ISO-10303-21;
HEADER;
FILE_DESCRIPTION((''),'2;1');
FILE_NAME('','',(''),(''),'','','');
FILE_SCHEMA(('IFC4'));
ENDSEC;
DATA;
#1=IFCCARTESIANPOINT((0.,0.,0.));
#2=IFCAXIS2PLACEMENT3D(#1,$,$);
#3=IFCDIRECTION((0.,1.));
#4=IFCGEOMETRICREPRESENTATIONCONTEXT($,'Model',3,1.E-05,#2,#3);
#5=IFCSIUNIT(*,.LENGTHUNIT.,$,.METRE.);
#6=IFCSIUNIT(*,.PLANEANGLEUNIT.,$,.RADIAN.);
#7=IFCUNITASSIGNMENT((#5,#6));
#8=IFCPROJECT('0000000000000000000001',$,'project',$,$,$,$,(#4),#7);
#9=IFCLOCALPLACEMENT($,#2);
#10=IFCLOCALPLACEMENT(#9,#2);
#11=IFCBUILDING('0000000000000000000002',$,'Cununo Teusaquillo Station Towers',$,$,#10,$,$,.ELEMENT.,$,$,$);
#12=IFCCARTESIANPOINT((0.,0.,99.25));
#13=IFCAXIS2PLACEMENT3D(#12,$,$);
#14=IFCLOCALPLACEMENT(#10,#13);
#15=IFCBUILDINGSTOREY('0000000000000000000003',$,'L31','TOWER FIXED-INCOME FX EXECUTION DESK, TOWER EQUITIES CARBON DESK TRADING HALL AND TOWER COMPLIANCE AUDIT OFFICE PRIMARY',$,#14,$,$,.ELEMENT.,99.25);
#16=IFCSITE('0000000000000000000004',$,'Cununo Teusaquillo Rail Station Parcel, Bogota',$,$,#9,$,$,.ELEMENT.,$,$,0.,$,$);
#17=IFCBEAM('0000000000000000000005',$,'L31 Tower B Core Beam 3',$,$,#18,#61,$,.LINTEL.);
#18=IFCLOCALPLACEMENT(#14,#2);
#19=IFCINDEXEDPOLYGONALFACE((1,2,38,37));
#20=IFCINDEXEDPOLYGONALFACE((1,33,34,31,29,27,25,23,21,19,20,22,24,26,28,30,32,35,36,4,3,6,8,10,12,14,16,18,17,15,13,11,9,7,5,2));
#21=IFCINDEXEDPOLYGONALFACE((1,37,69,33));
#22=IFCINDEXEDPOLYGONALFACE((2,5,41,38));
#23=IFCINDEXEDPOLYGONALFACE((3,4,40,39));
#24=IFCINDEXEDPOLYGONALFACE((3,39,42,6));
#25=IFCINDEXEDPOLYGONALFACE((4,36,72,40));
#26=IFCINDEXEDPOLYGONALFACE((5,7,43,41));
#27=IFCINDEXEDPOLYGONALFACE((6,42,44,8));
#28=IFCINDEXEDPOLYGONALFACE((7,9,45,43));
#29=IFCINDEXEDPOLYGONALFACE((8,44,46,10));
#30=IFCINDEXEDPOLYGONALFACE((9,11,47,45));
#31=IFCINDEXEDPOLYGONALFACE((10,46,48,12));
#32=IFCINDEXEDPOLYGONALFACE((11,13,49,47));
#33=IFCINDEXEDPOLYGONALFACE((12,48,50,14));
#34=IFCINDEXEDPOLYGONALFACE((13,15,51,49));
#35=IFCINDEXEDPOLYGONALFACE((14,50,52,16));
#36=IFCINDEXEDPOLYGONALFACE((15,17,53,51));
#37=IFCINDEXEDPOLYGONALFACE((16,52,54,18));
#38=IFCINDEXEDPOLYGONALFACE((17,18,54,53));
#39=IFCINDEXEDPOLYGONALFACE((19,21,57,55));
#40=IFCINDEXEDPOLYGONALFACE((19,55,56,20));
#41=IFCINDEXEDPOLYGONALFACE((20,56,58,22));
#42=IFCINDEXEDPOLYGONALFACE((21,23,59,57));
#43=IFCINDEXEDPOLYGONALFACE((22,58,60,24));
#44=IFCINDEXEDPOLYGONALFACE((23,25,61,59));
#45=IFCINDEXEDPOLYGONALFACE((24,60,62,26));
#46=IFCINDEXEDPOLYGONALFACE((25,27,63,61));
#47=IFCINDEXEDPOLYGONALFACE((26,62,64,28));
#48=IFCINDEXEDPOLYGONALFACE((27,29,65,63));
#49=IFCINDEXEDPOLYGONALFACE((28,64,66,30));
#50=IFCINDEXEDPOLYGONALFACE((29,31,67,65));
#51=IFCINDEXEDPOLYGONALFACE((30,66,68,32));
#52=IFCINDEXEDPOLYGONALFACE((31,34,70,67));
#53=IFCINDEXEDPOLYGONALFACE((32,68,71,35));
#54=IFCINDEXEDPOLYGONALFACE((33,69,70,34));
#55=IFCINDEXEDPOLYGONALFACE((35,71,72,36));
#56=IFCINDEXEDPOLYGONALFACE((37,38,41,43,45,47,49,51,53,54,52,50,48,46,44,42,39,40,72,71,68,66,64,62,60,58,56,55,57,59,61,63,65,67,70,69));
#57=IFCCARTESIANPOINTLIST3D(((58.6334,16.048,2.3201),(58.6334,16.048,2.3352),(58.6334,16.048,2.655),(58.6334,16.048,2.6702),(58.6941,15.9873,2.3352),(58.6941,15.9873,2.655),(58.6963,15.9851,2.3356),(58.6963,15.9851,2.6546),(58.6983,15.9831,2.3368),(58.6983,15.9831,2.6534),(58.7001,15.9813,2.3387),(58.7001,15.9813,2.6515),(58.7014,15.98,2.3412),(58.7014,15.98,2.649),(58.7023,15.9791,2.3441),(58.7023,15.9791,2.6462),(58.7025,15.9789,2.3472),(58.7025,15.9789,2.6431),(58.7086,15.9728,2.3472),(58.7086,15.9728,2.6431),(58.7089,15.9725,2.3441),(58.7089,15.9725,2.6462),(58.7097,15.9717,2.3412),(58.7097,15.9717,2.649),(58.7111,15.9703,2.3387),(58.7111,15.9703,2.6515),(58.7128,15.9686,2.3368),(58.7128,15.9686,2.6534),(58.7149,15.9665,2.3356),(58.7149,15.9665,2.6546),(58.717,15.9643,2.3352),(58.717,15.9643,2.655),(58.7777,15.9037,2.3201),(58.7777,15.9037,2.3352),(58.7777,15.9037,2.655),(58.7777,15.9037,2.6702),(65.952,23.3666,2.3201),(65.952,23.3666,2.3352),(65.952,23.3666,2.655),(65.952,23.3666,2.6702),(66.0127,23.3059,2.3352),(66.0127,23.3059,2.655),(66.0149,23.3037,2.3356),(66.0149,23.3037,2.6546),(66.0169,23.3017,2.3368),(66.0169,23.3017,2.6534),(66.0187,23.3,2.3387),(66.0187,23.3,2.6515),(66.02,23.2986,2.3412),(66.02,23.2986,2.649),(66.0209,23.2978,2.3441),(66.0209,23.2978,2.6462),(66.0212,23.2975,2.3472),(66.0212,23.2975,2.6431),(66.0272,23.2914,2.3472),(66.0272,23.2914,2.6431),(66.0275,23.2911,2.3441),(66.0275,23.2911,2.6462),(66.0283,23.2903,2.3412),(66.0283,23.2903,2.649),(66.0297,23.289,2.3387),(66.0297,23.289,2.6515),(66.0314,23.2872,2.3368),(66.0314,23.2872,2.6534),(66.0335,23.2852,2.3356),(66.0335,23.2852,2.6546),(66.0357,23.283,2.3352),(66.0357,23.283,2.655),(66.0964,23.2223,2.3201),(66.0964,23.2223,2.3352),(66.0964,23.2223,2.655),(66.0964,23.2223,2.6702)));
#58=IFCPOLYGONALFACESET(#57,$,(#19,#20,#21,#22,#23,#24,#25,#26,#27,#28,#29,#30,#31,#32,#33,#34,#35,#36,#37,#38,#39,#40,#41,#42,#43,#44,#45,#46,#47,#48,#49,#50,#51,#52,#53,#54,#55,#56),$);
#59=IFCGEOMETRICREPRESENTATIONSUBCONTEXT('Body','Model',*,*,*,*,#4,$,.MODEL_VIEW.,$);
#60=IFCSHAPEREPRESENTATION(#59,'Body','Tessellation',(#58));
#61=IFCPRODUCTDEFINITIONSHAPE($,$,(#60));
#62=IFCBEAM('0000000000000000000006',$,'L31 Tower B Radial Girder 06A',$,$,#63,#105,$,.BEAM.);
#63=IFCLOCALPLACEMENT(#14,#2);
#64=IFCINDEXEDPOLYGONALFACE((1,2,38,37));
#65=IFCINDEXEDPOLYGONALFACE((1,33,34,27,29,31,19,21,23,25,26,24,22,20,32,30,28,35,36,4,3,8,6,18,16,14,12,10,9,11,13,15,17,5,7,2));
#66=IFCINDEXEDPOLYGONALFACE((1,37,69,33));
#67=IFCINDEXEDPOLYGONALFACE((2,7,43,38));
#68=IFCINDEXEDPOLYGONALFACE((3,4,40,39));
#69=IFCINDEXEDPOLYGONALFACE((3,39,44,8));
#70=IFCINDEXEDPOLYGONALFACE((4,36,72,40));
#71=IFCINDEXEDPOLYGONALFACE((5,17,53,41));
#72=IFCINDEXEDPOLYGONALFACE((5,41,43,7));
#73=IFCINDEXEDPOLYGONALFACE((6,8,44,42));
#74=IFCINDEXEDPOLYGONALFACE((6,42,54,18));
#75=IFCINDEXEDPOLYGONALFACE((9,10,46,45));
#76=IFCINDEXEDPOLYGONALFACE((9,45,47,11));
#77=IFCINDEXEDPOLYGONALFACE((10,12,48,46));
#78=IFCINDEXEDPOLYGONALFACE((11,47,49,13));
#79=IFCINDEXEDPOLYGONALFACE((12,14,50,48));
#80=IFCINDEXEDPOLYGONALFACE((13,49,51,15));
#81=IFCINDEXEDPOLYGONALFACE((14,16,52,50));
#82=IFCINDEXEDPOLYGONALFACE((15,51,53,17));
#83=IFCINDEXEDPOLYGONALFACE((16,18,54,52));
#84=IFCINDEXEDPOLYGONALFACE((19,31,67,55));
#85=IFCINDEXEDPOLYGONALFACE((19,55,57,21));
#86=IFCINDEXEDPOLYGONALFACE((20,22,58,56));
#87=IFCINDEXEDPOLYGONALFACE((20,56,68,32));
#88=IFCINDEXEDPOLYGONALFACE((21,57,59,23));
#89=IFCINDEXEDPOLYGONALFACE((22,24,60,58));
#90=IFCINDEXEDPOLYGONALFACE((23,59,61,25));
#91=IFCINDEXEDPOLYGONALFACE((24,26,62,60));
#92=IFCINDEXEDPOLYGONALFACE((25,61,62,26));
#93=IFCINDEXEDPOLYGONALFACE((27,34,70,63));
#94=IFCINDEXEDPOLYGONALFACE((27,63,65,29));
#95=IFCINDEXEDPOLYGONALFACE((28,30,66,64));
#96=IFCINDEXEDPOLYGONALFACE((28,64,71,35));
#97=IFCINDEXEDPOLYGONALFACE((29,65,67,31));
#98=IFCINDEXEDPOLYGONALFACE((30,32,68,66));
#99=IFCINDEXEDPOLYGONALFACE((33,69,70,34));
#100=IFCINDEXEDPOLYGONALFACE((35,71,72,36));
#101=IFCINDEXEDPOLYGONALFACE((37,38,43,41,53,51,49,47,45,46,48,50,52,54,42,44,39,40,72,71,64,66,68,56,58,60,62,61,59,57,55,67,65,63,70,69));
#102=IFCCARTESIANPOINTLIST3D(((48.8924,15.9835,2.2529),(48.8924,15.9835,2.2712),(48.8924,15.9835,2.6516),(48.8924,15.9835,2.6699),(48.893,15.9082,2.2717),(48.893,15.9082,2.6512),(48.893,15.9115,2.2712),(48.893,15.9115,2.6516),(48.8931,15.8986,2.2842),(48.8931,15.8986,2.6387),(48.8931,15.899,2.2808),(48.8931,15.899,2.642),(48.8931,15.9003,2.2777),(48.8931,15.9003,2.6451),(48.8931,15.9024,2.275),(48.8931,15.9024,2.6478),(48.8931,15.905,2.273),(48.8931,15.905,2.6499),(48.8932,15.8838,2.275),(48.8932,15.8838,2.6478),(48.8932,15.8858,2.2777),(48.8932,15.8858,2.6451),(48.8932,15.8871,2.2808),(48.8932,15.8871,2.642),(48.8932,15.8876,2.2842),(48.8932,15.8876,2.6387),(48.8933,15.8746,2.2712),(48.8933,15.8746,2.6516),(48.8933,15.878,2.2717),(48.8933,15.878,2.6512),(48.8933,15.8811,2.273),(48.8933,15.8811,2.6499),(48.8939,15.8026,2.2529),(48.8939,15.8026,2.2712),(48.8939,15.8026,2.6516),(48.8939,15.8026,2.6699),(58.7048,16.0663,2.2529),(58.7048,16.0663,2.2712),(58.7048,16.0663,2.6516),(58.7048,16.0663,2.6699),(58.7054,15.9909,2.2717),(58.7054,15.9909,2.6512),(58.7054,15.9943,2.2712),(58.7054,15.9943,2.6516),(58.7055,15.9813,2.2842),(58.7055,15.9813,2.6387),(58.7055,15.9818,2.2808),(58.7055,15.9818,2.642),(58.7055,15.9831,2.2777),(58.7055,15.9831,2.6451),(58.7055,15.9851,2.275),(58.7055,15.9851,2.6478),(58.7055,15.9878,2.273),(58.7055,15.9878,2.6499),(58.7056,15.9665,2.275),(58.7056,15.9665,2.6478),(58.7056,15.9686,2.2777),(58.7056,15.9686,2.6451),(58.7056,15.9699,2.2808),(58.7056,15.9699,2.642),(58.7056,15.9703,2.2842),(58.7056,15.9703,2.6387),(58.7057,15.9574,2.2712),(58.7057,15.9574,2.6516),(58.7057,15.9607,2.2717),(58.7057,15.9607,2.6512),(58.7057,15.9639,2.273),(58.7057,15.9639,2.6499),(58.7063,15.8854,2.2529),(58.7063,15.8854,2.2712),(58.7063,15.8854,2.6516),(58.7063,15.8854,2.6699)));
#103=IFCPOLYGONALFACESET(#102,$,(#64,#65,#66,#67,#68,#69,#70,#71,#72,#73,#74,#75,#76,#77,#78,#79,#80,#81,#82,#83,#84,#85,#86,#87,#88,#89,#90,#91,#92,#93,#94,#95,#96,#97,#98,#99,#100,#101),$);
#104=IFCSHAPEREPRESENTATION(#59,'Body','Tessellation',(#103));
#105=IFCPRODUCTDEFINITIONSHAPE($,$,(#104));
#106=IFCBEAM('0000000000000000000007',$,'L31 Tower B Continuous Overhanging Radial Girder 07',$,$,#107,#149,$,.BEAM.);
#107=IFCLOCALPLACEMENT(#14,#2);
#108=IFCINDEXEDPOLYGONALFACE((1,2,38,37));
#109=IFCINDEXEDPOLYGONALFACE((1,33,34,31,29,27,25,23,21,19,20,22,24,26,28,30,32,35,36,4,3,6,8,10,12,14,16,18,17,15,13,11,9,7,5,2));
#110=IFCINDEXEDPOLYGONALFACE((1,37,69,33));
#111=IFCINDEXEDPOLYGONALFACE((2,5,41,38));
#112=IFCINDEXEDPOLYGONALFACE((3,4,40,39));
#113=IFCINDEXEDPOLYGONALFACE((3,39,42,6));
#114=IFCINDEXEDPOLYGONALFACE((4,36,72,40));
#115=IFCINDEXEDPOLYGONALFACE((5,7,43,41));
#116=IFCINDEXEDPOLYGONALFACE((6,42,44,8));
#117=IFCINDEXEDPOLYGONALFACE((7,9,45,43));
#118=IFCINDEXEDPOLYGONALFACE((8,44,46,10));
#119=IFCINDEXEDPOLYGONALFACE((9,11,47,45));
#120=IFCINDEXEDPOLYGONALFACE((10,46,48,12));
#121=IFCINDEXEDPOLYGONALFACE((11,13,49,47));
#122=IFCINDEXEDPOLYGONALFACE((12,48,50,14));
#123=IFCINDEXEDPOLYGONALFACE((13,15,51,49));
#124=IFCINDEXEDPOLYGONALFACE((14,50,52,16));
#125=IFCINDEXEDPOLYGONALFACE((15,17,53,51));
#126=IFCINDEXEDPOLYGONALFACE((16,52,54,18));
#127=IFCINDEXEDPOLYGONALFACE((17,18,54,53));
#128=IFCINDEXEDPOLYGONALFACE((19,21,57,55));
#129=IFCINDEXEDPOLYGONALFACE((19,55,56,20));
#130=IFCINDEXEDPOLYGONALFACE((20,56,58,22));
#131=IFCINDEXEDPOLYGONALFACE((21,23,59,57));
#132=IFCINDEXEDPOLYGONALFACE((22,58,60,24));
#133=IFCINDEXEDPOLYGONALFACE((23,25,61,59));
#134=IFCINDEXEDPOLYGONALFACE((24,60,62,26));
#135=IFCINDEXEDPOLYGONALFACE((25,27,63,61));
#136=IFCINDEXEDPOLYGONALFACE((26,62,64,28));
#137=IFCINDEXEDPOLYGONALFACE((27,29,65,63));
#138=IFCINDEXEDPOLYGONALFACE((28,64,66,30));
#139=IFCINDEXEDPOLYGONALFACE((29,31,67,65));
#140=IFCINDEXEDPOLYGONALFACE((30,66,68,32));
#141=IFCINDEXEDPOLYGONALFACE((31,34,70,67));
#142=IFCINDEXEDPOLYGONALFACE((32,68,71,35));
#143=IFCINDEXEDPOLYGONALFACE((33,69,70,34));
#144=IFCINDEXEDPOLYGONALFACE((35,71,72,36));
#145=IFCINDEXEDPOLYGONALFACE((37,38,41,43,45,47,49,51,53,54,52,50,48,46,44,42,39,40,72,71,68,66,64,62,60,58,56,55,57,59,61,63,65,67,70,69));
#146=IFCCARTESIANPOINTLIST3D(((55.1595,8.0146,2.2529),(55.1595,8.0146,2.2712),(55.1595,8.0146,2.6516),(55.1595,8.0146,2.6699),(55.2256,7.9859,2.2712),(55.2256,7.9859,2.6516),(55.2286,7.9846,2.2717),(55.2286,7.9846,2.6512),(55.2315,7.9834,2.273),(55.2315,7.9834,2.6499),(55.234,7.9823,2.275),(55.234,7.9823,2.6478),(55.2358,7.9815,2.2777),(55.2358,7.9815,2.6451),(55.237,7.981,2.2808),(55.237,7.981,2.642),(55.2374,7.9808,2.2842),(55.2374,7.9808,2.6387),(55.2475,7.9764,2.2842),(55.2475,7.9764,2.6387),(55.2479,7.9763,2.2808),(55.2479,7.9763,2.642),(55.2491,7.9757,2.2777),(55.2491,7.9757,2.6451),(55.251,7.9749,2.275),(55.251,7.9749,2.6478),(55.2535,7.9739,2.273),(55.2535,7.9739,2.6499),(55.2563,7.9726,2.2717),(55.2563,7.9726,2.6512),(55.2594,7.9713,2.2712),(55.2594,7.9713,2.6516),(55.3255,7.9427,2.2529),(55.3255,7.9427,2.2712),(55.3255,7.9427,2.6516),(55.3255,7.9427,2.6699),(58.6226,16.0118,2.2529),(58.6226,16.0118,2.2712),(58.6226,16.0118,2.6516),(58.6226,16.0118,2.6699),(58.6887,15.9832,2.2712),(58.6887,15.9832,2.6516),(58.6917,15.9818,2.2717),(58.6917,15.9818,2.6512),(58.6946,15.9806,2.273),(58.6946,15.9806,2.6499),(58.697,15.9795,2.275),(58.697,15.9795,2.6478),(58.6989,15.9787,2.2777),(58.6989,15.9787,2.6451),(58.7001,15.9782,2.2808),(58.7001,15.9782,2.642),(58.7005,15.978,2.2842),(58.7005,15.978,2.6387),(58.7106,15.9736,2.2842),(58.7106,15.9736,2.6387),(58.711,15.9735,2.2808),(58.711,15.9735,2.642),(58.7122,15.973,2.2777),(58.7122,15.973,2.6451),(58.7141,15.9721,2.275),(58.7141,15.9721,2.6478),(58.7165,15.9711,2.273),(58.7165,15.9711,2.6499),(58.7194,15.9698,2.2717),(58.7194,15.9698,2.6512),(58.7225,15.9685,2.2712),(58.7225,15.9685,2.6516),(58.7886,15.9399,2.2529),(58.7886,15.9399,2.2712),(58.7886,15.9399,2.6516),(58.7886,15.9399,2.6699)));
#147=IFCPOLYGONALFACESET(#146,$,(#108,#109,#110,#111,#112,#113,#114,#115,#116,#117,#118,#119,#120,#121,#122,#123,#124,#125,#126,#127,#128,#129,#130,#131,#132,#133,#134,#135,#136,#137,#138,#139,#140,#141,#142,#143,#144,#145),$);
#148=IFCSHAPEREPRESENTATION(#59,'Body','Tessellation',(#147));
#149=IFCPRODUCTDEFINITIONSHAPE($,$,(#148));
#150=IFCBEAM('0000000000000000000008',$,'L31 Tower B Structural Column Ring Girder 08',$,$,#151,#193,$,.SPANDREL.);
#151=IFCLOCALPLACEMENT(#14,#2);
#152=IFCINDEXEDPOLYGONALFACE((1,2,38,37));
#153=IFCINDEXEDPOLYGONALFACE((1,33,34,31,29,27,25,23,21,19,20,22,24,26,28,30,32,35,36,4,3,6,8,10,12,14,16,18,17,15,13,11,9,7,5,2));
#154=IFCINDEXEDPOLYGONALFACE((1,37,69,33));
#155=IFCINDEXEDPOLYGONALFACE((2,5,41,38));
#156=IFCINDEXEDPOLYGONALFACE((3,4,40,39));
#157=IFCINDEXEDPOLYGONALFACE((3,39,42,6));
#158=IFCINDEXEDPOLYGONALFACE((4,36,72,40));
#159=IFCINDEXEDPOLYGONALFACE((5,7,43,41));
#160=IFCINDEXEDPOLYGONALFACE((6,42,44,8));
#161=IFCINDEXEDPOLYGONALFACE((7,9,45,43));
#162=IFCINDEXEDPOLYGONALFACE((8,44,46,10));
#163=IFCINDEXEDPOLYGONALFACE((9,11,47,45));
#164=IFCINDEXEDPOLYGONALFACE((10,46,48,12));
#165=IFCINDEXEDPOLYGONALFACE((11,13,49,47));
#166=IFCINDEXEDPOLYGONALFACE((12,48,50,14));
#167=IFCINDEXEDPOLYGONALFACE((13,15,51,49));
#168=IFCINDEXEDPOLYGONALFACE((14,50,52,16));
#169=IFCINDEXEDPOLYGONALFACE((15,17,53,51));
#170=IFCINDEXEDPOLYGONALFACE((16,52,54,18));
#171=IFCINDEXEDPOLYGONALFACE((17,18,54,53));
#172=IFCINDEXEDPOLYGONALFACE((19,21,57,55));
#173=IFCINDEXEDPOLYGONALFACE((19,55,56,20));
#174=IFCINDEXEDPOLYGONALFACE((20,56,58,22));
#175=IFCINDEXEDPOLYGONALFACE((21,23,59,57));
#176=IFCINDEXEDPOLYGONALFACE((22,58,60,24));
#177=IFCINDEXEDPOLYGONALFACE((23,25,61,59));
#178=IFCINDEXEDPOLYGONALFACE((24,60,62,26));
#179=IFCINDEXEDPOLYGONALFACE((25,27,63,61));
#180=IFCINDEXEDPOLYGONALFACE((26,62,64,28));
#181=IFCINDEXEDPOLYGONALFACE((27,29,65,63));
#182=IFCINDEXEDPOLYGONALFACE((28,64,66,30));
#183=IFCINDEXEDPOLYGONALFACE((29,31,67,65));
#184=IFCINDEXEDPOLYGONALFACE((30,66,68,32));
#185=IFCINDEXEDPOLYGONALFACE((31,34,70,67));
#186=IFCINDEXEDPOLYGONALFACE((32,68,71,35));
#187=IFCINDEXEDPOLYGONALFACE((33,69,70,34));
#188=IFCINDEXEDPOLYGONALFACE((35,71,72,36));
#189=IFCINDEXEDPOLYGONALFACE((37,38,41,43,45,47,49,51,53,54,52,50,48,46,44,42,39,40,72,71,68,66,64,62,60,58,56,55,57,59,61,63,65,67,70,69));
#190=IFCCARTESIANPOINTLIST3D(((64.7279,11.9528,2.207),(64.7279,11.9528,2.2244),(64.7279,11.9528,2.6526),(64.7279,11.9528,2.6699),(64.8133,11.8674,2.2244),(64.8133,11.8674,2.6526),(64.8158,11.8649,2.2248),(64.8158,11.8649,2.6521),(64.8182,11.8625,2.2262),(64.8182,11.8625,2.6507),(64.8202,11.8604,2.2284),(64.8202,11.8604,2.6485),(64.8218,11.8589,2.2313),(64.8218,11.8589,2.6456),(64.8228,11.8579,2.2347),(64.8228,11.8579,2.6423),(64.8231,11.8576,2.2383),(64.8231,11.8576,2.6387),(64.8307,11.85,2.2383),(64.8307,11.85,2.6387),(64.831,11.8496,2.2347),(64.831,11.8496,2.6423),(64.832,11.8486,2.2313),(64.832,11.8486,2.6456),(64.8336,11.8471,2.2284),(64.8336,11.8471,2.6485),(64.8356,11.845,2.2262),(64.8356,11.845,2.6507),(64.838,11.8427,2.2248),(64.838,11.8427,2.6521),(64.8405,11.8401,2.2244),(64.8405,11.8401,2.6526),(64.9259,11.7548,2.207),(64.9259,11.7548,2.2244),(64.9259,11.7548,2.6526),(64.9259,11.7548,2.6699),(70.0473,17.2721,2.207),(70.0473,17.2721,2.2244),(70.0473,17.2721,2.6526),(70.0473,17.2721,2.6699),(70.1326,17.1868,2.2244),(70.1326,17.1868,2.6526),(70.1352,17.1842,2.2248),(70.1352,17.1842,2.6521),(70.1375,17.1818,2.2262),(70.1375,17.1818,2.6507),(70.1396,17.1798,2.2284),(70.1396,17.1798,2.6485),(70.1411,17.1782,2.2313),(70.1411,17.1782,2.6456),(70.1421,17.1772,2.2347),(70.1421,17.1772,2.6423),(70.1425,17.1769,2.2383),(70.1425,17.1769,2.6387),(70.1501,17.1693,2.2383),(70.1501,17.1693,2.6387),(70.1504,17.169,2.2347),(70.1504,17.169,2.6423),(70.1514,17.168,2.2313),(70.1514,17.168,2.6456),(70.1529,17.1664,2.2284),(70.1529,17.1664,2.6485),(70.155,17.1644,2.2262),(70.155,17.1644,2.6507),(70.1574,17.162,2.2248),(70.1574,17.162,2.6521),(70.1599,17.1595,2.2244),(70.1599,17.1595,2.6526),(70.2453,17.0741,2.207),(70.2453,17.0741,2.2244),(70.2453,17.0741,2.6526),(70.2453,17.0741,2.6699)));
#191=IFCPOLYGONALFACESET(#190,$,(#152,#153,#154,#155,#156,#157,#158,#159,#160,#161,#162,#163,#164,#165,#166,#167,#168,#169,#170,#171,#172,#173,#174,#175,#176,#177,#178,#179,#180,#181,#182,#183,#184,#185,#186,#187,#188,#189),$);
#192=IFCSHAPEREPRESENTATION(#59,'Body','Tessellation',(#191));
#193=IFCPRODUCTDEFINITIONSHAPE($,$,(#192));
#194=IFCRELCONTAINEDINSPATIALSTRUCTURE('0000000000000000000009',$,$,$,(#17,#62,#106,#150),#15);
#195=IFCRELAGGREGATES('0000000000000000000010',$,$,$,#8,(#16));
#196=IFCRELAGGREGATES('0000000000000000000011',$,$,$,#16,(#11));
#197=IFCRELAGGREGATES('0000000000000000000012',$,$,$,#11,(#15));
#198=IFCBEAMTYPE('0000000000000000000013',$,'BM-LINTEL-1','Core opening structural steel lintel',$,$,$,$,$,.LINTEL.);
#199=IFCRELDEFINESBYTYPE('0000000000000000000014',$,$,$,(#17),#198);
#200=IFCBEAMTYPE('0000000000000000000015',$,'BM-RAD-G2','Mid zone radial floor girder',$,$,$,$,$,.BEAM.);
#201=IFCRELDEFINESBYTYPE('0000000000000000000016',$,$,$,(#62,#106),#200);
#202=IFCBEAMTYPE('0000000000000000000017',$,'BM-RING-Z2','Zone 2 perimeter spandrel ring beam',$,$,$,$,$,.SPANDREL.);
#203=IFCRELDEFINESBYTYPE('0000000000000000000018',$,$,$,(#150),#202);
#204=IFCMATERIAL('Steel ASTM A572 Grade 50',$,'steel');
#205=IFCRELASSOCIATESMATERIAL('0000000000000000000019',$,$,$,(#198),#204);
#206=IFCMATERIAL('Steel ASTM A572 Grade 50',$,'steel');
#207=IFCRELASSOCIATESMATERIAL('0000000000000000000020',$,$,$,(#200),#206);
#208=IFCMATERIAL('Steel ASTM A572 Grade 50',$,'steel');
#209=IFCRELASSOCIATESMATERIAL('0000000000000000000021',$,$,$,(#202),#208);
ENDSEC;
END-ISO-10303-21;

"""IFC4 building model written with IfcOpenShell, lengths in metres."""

from ifc_helpers import new_model, si_unit, direction, frame, origin, origin_2d, place, context, subcontext, project, spatial, i_section, extrude, material, material_profile, profile_set, type_object, element, save


model = new_model("IFC4")

# Units and contexts
model_context = context("Model", 3, precision=1e-05, world=origin(), true_north=direction((0.0, 1.0)))
body_context = subcontext(model_context, "Body", "Model", "MODEL_VIEW")
ifc_project = project(units=[si_unit("LENGTHUNIT", "METRE"), si_unit("PLANEANGLEUNIT", "RADIAN")], contexts=[model_context])

# Site, building, storey
site_placement = place(None, origin())
site = spatial("IfcSite", under=ifc_project, at=site_placement, Name="Cununo Teusaquillo Rail Station Parcel, Bogota", CompositionType="ELEMENT", RefElevation=0.0)
building_placement = place(site_placement, origin())
building = spatial("IfcBuilding", under=site, at=building_placement, Name="Cununo Teusaquillo Station Towers", CompositionType="ELEMENT")
storey_placement = place(building_placement, frame((0.0, 0.0, 99.25)))
storey = spatial("IfcBuildingStorey", under=building, at=storey_placement, Name="L31", Description="TOWER FIXED-INCOME FX EXECUTION DESK, TOWER EQUITIES CARBON DESK TRADING HALL AND TOWER COMPLIANCE AUDIT OFFICE PRIMARY", CompositionType="ELEMENT", Elevation=99.25)

# Beams
ifc_material_1 = material(Name="Steel ASTM A572 Grade 50", Category="steel")
ifc_material_profile_1 = material_profile(ifc_material_1, i_section(OverallWidth=0.2041, OverallDepth=0.3501, WebThickness=0.0085, FlangeThickness=0.0151, FilletRadius=0.012, at=origin_2d()), Name="W14X48")
ifc_profile_set_1 = profile_set([ifc_material_profile_1], Name="Steel ASTM A572 Grade 50")
beam_type_1 = type_object("IfcBeamType", Name="BM-LINTEL-1", Description="Core opening structural steel lintel", PredefinedType="LINTEL", material=ifc_profile_set_1)
beam_1_placement = place(storey_placement, frame((58.7056, 15.9758, 2.4951), z_axis=(0.707107, 0.707107, 0.0), x_axis=(-0.707107, 0.707107, 0.0)))
element("IfcBeam", 1, at=beam_1_placement, inside=storey, type_object=beam_type_1, Name="L31 Tower B Core Beam 3", PredefinedType="LINTEL", context=body_context, shape_type="SweptSolid", body=[
    extrude(i_section(OverallWidth=0.2041, OverallDepth=0.3501, WebThickness=0.0085, FlangeThickness=0.0151, FilletRadius=0.012, at=origin_2d()), origin(), (0.0, 0.0, 1.0), 10.3501),
])
ifc_material_2 = material(Name="Steel ASTM A572 Grade 50", Category="steel")
ifc_material_profile_2 = material_profile(ifc_material_2, i_section(OverallWidth=0.1809, OverallDepth=0.417, WebThickness=0.011, FlangeThickness=0.0183, FilletRadius=0.0129, at=origin_2d()), Name="W16X57")
ifc_profile_set_2 = profile_set([ifc_material_profile_2], Name="Steel ASTM A572 Grade 50")
beam_type_2 = type_object("IfcBeamType", Name="BM-RAD-G2", Description="Mid zone radial floor girder", PredefinedType="BEAM", material=ifc_profile_set_2)
beam_2_placement = place(storey_placement, frame((58.7056, 15.9758, 2.4614), z_axis=(-0.999964, -0.008434, 0.0), x_axis=(0.008434, -0.999964, 0.0)))
element("IfcBeam", 2, at=beam_2_placement, inside=storey, type_object=beam_type_2, Name="L31 Tower B Radial Girder 06A", PredefinedType="BEAM", context=body_context, shape_type="SweptSolid", body=[
    extrude(i_section(OverallWidth=0.1809, OverallDepth=0.417, WebThickness=0.011, FlangeThickness=0.0183, FilletRadius=0.0129, at=origin_2d()), origin(), (0.0, 0.0, 1.0), 9.8127),
])
beam_3_placement = place(storey_placement, frame((58.7056, 15.9758, 2.4614), z_axis=(-0.397379, -0.917655, 0.0), x_axis=(0.917655, -0.397379, 0.0)))
element("IfcBeam", 3, at=beam_3_placement, inside=storey, type_object=beam_type_2, Name="L31 Tower B Continuous Overhanging Radial Girder 07", PredefinedType="BEAM", context=body_context, shape_type="SweptSolid", body=[
    extrude(i_section(OverallWidth=0.1809, OverallDepth=0.417, WebThickness=0.011, FlangeThickness=0.0183, FilletRadius=0.0129, at=origin_2d()), origin(), (0.0, 0.0, 1.0), 8.7148),
])
ifc_material_3 = material(Name="Steel ASTM A572 Grade 50", Category="steel")
ifc_material_profile_3 = material_profile(ifc_material_3, i_section(OverallWidth=0.28, OverallDepth=0.4629, WebThickness=0.0107, FlangeThickness=0.0173, FilletRadius=0.0139, at=origin_2d()), Name="W18X76")
ifc_profile_set_3 = profile_set([ifc_material_profile_3], Name="Steel ASTM A572 Grade 50")
beam_type_3 = type_object("IfcBeamType", Name="BM-RING-Z2", Description="Zone 2 perimeter spandrel ring beam", PredefinedType="SPANDREL", material=ifc_profile_set_3)
beam_4_placement = place(storey_placement, frame((64.8269, 11.8538, 2.4385), z_axis=(0.707107, 0.707107, 0.0), x_axis=(-0.707107, 0.707107, 0.0)))
element("IfcBeam", 4, at=beam_4_placement, inside=storey, type_object=beam_type_3, Name="L31 Tower B Structural Column Ring Girder 08", PredefinedType="SPANDREL", context=body_context, shape_type="SweptSolid", body=[
    extrude(i_section(OverallWidth=0.28, OverallDepth=0.4629, WebThickness=0.0107, FlangeThickness=0.0173, FilletRadius=0.0139, at=origin_2d()), origin(), (0.0, 0.0, 1.0), 7.5227),
])

save(model, "model.ifc")
